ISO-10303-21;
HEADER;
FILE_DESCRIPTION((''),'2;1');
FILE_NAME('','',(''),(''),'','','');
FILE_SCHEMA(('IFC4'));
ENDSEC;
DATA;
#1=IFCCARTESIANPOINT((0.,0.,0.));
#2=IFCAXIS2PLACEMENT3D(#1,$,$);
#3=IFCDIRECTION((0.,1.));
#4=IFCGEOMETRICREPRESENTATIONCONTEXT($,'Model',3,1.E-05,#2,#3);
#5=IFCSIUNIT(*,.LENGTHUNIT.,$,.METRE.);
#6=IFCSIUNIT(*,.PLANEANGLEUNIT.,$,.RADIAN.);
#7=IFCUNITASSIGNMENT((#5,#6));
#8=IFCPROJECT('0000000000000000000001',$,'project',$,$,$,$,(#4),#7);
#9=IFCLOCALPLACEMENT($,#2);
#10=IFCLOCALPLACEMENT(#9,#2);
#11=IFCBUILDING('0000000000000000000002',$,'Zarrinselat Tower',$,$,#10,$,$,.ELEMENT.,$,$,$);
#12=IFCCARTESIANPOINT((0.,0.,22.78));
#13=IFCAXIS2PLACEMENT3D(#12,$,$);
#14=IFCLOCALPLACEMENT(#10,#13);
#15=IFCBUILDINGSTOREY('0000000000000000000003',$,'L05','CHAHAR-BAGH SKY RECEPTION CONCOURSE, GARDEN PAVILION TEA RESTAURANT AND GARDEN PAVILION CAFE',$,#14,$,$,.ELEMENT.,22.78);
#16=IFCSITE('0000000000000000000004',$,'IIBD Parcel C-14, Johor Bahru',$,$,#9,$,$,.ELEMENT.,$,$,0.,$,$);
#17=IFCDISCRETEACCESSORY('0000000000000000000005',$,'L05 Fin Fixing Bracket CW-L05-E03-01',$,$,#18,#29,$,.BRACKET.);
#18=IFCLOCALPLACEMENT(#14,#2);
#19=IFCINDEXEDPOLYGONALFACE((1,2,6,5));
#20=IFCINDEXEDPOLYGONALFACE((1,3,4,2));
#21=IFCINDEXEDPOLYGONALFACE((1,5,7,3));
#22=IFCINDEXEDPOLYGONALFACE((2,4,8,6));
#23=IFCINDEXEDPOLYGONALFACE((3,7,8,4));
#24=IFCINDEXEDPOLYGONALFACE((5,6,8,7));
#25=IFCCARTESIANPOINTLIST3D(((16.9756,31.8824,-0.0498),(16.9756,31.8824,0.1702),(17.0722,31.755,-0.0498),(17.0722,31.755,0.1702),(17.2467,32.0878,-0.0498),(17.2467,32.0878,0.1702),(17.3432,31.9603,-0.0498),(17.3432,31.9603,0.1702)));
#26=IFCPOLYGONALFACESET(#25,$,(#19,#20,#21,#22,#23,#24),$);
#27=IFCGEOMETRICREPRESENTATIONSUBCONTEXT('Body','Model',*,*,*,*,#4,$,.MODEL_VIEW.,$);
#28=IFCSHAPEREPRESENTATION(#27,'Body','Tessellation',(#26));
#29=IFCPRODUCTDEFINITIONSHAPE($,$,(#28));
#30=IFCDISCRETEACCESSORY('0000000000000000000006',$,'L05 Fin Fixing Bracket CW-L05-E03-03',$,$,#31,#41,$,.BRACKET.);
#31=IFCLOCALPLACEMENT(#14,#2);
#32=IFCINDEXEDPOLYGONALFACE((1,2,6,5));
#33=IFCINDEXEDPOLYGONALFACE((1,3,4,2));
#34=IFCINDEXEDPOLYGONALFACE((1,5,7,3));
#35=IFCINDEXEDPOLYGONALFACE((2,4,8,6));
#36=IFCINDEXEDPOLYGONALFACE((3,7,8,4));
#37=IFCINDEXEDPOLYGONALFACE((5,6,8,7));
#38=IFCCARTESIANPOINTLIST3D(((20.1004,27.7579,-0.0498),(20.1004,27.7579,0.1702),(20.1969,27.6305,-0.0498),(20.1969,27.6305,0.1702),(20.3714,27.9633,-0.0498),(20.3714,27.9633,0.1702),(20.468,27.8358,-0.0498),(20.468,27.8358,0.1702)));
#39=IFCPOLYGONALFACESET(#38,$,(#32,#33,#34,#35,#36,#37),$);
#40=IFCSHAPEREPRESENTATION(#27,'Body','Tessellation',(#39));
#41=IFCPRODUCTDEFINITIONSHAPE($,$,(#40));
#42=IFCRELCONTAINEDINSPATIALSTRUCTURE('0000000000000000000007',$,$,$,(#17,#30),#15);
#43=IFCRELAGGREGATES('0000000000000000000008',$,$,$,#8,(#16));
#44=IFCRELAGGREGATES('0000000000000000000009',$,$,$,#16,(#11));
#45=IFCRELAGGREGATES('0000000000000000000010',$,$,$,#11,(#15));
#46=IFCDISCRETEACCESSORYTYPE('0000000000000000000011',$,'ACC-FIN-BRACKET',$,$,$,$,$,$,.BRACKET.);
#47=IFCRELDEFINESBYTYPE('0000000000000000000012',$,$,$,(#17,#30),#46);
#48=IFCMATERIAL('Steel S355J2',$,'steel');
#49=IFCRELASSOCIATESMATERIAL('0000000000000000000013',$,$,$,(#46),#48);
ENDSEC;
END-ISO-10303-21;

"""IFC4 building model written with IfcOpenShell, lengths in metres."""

from ifc_helpers import new_model, si_unit, direction, frame, origin, origin_2d, place, context, subcontext, project, spatial, rectangle, extrude, material, type_object, element, save


model = new_model("IFC4")

# Units and contexts
model_context = context("Model", 3, precision=1e-05, world=origin(), true_north=direction((0.0, 1.0)))
body_context = subcontext(model_context, "Body", "Model", "MODEL_VIEW")
ifc_project = project(units=[si_unit("LENGTHUNIT", "METRE"), si_unit("PLANEANGLEUNIT", "RADIAN")], contexts=[model_context])

# Site, building, storey
site_placement = place(None, origin())
site = spatial("IfcSite", under=ifc_project, at=site_placement, Name="IIBD Parcel C-14, Johor Bahru", CompositionType="ELEMENT", RefElevation=0.0)
building_placement = place(site_placement, origin())
building = spatial("IfcBuilding", under=site, at=building_placement, Name="Zarrinselat Tower", CompositionType="ELEMENT")
storey_placement = place(building_placement, frame((0.0, 0.0, 22.78)))
storey = spatial("IfcBuildingStorey", under=building, at=storey_placement, Name="L05", Description="CHAHAR-BAGH SKY RECEPTION CONCOURSE, GARDEN PAVILION TEA RESTAURANT AND GARDEN PAVILION CAFE", CompositionType="ELEMENT", Elevation=22.78)

# Discrete accessories
ifc_material_1 = material(Name="Steel S355J2", Category="steel")
discrete_accessory_type = type_object("IfcDiscreteAccessoryType", Name="ACC-FIN-BRACKET", PredefinedType="BRACKET", material=ifc_material_1)
for number, where, z_axis, x_axis, name in (
    (1, (17.1594, 31.9214, -0.0498), (0.0, 0.0, 1.0), (-0.797092, -0.603858, 0.0), "L05 Fin Fixing Bracket CW-L05-E03-01"),
    (2, (20.2842, 27.7969, -0.0498), (0.0, 0.0, 1.0), (-0.797092, -0.603858, 0.0), "L05 Fin Fixing Bracket CW-L05-E03-03"),
):
    element("IfcDiscreteAccessory", number, at=place(storey_placement, frame(where, z_axis=z_axis, x_axis=x_axis)), inside=storey, type_object=discrete_accessory_type, Name=name, PredefinedType="BRACKET", context=body_context, shape_type="SweptSolid", body=[
        extrude(rectangle(XDim=0.3401, YDim=0.1599, at=origin_2d()), origin(), (0.0, 0.0, 1.0), 0.22),
    ])

save(model, "model.ifc")
